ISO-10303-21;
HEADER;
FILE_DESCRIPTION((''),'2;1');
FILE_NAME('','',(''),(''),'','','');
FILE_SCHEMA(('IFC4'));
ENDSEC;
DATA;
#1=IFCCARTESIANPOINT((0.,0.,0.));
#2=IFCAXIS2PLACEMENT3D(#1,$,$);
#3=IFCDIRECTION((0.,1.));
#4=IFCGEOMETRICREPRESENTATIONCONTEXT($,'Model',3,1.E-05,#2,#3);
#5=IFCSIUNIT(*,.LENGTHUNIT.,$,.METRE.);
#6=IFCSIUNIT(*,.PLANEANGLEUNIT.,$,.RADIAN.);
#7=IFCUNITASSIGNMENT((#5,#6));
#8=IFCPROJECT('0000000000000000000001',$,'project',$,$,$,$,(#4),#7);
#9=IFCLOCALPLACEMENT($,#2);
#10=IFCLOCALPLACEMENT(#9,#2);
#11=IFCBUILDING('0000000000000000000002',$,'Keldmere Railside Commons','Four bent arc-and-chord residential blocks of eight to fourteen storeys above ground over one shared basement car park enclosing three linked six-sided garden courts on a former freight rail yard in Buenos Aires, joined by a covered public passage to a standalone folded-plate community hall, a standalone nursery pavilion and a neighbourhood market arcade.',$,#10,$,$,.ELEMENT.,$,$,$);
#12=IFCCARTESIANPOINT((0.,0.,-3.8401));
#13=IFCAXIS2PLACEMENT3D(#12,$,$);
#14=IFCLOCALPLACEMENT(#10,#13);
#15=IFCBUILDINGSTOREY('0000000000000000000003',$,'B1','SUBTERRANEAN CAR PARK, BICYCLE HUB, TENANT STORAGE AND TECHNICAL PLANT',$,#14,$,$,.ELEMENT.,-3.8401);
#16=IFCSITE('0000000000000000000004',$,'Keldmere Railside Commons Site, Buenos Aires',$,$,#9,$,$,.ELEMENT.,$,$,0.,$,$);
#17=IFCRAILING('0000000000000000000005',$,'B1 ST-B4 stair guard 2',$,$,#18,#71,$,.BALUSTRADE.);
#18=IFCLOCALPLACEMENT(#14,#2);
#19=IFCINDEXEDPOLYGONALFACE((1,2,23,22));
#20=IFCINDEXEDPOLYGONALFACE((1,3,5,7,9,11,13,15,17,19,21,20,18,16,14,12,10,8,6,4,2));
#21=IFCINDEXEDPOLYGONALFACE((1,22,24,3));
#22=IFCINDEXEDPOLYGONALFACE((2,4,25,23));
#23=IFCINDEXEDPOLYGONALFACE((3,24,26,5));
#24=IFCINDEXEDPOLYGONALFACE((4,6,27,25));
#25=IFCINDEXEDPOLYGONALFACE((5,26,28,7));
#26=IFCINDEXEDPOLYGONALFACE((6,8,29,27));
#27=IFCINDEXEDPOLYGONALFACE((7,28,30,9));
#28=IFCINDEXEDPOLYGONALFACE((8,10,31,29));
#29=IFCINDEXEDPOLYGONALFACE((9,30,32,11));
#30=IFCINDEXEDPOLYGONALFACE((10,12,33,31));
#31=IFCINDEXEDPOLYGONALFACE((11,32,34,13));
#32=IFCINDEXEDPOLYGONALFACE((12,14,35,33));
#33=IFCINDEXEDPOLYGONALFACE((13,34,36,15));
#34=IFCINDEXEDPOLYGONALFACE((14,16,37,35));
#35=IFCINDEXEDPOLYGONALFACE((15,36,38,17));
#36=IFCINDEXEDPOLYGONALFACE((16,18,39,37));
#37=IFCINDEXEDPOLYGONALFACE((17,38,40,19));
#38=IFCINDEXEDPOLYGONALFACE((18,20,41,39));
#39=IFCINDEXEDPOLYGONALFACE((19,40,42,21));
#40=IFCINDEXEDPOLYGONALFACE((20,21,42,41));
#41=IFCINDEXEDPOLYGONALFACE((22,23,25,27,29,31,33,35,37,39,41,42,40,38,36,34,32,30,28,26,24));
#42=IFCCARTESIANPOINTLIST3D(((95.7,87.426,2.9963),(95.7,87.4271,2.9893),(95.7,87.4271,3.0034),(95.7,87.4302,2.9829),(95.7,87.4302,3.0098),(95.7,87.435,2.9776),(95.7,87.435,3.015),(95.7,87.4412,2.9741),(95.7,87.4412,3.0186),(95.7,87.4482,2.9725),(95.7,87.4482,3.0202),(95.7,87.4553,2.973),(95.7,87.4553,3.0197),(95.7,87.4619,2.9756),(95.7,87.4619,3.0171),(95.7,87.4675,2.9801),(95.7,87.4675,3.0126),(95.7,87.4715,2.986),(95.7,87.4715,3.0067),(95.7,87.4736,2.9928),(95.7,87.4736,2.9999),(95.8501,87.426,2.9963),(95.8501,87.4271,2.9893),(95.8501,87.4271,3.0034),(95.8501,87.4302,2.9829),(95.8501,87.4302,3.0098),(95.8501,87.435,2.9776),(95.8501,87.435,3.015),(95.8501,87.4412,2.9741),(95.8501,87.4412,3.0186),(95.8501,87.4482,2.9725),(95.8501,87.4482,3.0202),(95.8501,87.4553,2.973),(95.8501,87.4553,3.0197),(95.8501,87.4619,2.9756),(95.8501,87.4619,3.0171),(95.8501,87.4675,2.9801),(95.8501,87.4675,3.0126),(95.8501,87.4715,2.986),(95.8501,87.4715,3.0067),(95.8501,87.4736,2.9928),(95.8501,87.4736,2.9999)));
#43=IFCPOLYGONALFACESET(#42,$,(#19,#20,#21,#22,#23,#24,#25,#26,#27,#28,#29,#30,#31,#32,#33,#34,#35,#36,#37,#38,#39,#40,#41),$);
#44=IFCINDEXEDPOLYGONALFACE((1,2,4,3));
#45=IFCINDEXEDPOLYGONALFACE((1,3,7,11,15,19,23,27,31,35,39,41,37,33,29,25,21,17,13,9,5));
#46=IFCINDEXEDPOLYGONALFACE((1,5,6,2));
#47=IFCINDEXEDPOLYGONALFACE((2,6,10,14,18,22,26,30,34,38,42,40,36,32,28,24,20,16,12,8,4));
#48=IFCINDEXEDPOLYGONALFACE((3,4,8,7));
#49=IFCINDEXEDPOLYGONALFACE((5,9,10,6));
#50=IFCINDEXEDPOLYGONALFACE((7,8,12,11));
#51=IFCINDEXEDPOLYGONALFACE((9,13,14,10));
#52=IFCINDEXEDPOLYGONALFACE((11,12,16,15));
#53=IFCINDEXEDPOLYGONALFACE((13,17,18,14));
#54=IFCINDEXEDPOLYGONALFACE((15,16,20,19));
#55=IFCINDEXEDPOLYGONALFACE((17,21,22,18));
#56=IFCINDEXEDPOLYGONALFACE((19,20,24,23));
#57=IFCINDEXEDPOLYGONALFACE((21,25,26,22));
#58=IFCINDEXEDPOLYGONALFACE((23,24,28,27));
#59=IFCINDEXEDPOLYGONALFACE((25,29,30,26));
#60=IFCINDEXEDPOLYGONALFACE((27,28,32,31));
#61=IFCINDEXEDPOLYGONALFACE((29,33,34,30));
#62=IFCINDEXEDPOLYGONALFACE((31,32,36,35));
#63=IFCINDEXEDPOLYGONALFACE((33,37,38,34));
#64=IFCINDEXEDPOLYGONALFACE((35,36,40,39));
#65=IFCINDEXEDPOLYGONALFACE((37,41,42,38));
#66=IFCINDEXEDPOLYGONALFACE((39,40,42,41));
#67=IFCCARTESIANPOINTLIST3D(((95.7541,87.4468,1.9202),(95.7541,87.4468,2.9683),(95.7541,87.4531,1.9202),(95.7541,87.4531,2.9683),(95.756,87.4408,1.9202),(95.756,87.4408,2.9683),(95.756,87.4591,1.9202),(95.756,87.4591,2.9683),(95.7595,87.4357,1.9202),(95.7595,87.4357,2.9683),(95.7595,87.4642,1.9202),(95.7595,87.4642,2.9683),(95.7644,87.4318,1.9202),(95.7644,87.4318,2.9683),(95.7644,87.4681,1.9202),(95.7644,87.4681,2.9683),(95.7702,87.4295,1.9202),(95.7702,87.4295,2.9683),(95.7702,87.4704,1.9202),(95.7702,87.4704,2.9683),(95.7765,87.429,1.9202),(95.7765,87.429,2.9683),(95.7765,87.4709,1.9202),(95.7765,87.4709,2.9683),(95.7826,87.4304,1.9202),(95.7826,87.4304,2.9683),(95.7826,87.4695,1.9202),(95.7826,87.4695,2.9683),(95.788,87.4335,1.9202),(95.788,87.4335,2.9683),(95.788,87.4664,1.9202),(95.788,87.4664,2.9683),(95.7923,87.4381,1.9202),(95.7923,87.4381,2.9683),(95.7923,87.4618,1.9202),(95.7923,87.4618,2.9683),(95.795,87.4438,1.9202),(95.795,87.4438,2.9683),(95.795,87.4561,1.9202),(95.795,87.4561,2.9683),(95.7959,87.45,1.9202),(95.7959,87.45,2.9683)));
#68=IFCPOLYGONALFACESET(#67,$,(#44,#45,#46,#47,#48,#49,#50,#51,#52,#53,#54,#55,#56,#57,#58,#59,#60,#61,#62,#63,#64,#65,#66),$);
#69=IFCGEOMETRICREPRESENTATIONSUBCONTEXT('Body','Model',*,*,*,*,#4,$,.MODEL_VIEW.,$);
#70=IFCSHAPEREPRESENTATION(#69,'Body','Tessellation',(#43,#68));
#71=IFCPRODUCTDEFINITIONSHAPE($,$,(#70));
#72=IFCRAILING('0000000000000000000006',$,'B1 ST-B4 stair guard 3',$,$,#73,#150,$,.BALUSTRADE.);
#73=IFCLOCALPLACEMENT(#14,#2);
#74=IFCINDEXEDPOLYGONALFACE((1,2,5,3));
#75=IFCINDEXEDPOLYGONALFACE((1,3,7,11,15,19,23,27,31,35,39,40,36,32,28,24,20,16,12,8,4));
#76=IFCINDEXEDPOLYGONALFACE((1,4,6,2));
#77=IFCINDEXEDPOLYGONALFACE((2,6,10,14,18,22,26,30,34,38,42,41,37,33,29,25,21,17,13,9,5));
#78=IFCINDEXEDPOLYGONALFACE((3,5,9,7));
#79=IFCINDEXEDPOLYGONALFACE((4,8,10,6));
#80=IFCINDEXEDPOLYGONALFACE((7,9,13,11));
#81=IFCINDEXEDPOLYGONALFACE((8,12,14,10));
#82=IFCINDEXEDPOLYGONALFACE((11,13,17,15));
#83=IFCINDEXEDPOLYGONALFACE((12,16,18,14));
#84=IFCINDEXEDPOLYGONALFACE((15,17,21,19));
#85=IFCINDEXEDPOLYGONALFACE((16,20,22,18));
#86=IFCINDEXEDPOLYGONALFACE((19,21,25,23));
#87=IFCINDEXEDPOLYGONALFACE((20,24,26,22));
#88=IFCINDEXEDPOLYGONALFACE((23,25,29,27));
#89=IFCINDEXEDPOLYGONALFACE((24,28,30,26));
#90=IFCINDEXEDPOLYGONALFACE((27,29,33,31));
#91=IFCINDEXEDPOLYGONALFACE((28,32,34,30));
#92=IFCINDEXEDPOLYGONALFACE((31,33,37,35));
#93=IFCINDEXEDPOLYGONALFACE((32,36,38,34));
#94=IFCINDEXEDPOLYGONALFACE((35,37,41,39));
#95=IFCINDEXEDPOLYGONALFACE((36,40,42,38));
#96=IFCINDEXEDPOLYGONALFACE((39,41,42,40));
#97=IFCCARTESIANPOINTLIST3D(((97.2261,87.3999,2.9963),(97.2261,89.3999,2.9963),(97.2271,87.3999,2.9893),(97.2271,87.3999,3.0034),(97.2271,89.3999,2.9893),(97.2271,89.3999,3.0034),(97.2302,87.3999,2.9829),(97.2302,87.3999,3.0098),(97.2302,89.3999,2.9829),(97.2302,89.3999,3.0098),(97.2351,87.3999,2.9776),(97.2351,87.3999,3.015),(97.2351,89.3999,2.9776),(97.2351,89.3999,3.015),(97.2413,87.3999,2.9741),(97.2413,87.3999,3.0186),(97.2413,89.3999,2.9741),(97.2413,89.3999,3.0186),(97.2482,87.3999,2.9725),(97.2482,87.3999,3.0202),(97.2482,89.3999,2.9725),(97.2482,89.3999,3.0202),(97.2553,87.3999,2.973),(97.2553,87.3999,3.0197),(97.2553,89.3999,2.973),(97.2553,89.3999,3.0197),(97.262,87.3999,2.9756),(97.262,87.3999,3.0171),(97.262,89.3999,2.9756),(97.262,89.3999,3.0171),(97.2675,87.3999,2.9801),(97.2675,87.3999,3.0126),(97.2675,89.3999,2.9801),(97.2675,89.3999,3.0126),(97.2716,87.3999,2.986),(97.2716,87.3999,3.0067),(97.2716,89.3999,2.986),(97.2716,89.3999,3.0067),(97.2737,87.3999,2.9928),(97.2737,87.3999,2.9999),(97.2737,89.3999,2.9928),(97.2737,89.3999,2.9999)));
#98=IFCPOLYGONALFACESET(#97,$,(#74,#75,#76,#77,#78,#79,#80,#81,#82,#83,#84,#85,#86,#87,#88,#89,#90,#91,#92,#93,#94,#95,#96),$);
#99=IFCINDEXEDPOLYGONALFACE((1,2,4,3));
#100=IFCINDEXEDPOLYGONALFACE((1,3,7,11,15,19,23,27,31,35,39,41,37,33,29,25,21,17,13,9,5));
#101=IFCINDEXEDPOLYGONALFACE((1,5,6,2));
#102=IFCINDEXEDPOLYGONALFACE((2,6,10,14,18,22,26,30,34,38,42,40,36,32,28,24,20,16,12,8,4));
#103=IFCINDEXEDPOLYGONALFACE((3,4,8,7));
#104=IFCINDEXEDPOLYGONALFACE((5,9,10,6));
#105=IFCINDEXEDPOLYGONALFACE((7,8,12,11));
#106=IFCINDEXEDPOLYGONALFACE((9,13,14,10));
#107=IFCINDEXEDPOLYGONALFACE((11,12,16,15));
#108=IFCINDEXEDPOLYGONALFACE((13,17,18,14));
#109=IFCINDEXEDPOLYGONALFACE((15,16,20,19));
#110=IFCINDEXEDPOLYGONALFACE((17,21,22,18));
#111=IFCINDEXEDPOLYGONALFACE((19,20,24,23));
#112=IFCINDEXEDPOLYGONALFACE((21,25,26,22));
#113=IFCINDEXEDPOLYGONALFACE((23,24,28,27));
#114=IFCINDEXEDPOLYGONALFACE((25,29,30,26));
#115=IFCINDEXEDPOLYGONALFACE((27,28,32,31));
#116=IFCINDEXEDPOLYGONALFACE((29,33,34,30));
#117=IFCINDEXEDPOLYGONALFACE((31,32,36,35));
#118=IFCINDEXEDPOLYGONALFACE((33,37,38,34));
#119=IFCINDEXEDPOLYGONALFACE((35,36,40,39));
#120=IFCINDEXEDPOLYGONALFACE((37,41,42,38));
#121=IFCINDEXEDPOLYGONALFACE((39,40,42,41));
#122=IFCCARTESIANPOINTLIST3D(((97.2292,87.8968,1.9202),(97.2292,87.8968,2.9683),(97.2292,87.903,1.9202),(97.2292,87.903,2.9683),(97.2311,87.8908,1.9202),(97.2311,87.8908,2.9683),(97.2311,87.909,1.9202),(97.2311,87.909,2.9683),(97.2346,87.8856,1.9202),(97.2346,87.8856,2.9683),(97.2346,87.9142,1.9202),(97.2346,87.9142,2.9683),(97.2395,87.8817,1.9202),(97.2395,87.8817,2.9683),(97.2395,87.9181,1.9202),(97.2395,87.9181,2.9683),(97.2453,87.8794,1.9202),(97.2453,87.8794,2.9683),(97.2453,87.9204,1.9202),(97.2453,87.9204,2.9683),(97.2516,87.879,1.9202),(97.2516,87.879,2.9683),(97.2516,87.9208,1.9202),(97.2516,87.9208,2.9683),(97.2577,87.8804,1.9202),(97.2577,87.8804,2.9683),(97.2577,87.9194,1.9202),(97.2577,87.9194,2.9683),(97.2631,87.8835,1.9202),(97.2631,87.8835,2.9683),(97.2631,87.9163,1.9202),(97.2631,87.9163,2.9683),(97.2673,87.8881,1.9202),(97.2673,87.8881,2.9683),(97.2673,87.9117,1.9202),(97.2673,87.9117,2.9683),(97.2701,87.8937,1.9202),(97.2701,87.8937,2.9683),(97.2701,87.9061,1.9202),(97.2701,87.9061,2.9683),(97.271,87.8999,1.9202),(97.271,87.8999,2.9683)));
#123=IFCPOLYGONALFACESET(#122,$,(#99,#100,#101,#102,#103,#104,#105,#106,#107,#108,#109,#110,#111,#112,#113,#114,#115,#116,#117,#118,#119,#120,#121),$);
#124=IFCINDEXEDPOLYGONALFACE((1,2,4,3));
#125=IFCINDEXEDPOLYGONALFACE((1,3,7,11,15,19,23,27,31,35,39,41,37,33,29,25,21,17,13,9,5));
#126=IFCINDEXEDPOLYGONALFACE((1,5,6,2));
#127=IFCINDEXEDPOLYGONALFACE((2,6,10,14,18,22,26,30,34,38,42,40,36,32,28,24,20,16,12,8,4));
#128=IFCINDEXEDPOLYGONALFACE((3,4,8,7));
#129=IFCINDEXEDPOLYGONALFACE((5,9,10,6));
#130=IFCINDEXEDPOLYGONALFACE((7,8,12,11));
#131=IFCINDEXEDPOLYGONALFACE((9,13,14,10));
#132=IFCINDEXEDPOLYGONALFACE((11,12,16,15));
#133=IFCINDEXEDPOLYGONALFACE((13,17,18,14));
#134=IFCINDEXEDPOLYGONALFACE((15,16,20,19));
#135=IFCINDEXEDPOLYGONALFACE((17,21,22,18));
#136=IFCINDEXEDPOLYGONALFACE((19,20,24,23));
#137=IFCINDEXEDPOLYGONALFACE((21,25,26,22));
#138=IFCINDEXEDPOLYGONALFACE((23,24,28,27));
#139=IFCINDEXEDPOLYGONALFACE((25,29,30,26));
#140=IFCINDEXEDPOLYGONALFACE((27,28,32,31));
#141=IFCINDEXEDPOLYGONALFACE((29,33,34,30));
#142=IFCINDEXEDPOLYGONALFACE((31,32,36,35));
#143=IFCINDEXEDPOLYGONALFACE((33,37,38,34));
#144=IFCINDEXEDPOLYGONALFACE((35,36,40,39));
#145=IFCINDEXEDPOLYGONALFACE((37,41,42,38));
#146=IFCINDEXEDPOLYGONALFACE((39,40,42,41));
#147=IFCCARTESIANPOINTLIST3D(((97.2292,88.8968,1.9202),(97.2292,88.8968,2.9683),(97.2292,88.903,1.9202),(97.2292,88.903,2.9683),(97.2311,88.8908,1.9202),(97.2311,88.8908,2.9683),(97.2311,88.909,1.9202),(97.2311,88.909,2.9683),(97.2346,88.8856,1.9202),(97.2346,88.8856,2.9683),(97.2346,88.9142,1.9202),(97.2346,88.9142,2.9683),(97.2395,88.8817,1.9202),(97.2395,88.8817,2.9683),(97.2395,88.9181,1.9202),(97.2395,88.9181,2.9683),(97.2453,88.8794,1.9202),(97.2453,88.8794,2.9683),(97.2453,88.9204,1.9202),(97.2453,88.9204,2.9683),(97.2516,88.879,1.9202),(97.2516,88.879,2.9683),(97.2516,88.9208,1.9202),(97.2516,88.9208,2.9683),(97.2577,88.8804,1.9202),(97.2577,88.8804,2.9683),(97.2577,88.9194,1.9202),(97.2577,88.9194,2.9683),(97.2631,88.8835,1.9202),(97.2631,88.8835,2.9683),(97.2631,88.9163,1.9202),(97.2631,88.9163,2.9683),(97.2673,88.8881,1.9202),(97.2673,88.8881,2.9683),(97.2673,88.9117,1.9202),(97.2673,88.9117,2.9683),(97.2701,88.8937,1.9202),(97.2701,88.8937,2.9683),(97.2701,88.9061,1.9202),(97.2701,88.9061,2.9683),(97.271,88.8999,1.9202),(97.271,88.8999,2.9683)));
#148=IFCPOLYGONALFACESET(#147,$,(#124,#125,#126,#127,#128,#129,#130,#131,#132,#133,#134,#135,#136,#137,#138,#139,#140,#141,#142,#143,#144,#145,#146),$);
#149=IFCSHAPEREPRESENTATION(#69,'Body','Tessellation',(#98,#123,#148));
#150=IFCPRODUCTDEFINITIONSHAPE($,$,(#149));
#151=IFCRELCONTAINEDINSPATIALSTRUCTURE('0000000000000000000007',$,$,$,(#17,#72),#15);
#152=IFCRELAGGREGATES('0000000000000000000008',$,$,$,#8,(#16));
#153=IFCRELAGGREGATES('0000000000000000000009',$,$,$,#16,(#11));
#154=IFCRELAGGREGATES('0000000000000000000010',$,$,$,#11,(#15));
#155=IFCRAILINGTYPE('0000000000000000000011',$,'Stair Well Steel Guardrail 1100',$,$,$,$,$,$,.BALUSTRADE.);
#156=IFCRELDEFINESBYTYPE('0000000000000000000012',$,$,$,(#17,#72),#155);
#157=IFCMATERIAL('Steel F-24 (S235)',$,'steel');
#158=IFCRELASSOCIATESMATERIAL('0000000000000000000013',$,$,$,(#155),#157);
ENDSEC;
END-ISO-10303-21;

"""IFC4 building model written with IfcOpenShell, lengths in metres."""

from ifc_helpers import new_model, si_unit, direction, frame, origin, origin_2d, place, context, subcontext, project, spatial, circle, extrude, material, type_object, element, save


model = new_model("IFC4")

# Units and contexts
model_context = context("Model", 3, precision=1e-05, world=origin(), true_north=direction((0.0, 1.0)))
body_context = subcontext(model_context, "Body", "Model", "MODEL_VIEW")
ifc_project = project(units=[si_unit("LENGTHUNIT", "METRE"), si_unit("PLANEANGLEUNIT", "RADIAN")], contexts=[model_context])

# Site, building, storey
site_placement = place(None, origin())
site = spatial("IfcSite", under=ifc_project, at=site_placement, Name="Keldmere Railside Commons Site, Buenos Aires", CompositionType="ELEMENT", RefElevation=0.0)
building_placement = place(site_placement, origin())
building = spatial("IfcBuilding", under=site, at=building_placement, Name="Keldmere Railside Commons", Description="Four bent arc-and-chord residential blocks of eight to fourteen storeys above ground over one shared basement car park enclosing three linked six-sided garden courts on a former freight rail yard in Buenos Aires, joined by a covered public passage to a standalone folded-plate community hall, a standalone nursery pavilion and a neighbourhood market arcade.", CompositionType="ELEMENT")
storey_placement = place(building_placement, frame((0.0, 0.0, -3.8401)))
storey = spatial("IfcBuildingStorey", under=building, at=storey_placement, Name="B1", Description="SUBTERRANEAN CAR PARK, BICYCLE HUB, TENANT STORAGE AND TECHNICAL PLANT", CompositionType="ELEMENT", Elevation=-3.8401)

# Railings
ifc_material_1 = material(Name="Steel F-24 (S235)", Category="steel")
railing_type_1 = type_object("IfcRailingType", Name="Stair Well Steel Guardrail 1100", PredefinedType="BALUSTRADE", material=ifc_material_1)
railing_1_placement = place(storey_placement, frame((95.8501, 87.45, 1.9202)))
element("IfcRailing", 1, at=railing_1_placement, inside=storey, type_object=railing_type_1, Name="B1 ST-B4 stair guard 2", PredefinedType="BALUSTRADE", context=body_context, shape_type="SweptSolid", body=[
    extrude(circle(Radius=0.0239, at=origin_2d()), frame((0.0, 0.0, 1.0762), z_axis=(-1.0, 0.0, 0.0), x_axis=(0.0, -1.0, 0.0)), (0.0, 0.0, 1.0), 0.1501),
    extrude(circle(Radius=0.021, at=origin_2d()), frame((-0.0752, 0.0, 0.0)), (0.0, 0.0, 1.0), 1.0481),
])
for number, where, name in (
    (2, (97.25, 87.3999, 1.9202), "B1 ST-B4 stair guard 3"),
):
    element("IfcRailing", number, at=place(storey_placement, frame(where)), inside=storey, type_object=railing_type_1, Name=name, PredefinedType="BALUSTRADE", context=body_context, shape_type="SweptSolid", body=[
        extrude(circle(Radius=0.0239, at=origin_2d()), frame((0.0, 0.0, 1.0762), z_axis=(0.0, 1.0, 0.0), x_axis=(-1.0, 0.0, 0.0)), (0.0, 0.0, 1.0), 2.0),
        extrude(circle(Radius=0.021, at=origin_2d()), frame((0.0, 0.5, 0.0)), (0.0, 0.0, 1.0), 1.0481),
        extrude(circle(Radius=0.021, at=origin_2d()), frame((0.0, 1.5, 0.0)), (0.0, 0.0, 1.0), 1.0481),
    ])

save(model, "model.ifc")
